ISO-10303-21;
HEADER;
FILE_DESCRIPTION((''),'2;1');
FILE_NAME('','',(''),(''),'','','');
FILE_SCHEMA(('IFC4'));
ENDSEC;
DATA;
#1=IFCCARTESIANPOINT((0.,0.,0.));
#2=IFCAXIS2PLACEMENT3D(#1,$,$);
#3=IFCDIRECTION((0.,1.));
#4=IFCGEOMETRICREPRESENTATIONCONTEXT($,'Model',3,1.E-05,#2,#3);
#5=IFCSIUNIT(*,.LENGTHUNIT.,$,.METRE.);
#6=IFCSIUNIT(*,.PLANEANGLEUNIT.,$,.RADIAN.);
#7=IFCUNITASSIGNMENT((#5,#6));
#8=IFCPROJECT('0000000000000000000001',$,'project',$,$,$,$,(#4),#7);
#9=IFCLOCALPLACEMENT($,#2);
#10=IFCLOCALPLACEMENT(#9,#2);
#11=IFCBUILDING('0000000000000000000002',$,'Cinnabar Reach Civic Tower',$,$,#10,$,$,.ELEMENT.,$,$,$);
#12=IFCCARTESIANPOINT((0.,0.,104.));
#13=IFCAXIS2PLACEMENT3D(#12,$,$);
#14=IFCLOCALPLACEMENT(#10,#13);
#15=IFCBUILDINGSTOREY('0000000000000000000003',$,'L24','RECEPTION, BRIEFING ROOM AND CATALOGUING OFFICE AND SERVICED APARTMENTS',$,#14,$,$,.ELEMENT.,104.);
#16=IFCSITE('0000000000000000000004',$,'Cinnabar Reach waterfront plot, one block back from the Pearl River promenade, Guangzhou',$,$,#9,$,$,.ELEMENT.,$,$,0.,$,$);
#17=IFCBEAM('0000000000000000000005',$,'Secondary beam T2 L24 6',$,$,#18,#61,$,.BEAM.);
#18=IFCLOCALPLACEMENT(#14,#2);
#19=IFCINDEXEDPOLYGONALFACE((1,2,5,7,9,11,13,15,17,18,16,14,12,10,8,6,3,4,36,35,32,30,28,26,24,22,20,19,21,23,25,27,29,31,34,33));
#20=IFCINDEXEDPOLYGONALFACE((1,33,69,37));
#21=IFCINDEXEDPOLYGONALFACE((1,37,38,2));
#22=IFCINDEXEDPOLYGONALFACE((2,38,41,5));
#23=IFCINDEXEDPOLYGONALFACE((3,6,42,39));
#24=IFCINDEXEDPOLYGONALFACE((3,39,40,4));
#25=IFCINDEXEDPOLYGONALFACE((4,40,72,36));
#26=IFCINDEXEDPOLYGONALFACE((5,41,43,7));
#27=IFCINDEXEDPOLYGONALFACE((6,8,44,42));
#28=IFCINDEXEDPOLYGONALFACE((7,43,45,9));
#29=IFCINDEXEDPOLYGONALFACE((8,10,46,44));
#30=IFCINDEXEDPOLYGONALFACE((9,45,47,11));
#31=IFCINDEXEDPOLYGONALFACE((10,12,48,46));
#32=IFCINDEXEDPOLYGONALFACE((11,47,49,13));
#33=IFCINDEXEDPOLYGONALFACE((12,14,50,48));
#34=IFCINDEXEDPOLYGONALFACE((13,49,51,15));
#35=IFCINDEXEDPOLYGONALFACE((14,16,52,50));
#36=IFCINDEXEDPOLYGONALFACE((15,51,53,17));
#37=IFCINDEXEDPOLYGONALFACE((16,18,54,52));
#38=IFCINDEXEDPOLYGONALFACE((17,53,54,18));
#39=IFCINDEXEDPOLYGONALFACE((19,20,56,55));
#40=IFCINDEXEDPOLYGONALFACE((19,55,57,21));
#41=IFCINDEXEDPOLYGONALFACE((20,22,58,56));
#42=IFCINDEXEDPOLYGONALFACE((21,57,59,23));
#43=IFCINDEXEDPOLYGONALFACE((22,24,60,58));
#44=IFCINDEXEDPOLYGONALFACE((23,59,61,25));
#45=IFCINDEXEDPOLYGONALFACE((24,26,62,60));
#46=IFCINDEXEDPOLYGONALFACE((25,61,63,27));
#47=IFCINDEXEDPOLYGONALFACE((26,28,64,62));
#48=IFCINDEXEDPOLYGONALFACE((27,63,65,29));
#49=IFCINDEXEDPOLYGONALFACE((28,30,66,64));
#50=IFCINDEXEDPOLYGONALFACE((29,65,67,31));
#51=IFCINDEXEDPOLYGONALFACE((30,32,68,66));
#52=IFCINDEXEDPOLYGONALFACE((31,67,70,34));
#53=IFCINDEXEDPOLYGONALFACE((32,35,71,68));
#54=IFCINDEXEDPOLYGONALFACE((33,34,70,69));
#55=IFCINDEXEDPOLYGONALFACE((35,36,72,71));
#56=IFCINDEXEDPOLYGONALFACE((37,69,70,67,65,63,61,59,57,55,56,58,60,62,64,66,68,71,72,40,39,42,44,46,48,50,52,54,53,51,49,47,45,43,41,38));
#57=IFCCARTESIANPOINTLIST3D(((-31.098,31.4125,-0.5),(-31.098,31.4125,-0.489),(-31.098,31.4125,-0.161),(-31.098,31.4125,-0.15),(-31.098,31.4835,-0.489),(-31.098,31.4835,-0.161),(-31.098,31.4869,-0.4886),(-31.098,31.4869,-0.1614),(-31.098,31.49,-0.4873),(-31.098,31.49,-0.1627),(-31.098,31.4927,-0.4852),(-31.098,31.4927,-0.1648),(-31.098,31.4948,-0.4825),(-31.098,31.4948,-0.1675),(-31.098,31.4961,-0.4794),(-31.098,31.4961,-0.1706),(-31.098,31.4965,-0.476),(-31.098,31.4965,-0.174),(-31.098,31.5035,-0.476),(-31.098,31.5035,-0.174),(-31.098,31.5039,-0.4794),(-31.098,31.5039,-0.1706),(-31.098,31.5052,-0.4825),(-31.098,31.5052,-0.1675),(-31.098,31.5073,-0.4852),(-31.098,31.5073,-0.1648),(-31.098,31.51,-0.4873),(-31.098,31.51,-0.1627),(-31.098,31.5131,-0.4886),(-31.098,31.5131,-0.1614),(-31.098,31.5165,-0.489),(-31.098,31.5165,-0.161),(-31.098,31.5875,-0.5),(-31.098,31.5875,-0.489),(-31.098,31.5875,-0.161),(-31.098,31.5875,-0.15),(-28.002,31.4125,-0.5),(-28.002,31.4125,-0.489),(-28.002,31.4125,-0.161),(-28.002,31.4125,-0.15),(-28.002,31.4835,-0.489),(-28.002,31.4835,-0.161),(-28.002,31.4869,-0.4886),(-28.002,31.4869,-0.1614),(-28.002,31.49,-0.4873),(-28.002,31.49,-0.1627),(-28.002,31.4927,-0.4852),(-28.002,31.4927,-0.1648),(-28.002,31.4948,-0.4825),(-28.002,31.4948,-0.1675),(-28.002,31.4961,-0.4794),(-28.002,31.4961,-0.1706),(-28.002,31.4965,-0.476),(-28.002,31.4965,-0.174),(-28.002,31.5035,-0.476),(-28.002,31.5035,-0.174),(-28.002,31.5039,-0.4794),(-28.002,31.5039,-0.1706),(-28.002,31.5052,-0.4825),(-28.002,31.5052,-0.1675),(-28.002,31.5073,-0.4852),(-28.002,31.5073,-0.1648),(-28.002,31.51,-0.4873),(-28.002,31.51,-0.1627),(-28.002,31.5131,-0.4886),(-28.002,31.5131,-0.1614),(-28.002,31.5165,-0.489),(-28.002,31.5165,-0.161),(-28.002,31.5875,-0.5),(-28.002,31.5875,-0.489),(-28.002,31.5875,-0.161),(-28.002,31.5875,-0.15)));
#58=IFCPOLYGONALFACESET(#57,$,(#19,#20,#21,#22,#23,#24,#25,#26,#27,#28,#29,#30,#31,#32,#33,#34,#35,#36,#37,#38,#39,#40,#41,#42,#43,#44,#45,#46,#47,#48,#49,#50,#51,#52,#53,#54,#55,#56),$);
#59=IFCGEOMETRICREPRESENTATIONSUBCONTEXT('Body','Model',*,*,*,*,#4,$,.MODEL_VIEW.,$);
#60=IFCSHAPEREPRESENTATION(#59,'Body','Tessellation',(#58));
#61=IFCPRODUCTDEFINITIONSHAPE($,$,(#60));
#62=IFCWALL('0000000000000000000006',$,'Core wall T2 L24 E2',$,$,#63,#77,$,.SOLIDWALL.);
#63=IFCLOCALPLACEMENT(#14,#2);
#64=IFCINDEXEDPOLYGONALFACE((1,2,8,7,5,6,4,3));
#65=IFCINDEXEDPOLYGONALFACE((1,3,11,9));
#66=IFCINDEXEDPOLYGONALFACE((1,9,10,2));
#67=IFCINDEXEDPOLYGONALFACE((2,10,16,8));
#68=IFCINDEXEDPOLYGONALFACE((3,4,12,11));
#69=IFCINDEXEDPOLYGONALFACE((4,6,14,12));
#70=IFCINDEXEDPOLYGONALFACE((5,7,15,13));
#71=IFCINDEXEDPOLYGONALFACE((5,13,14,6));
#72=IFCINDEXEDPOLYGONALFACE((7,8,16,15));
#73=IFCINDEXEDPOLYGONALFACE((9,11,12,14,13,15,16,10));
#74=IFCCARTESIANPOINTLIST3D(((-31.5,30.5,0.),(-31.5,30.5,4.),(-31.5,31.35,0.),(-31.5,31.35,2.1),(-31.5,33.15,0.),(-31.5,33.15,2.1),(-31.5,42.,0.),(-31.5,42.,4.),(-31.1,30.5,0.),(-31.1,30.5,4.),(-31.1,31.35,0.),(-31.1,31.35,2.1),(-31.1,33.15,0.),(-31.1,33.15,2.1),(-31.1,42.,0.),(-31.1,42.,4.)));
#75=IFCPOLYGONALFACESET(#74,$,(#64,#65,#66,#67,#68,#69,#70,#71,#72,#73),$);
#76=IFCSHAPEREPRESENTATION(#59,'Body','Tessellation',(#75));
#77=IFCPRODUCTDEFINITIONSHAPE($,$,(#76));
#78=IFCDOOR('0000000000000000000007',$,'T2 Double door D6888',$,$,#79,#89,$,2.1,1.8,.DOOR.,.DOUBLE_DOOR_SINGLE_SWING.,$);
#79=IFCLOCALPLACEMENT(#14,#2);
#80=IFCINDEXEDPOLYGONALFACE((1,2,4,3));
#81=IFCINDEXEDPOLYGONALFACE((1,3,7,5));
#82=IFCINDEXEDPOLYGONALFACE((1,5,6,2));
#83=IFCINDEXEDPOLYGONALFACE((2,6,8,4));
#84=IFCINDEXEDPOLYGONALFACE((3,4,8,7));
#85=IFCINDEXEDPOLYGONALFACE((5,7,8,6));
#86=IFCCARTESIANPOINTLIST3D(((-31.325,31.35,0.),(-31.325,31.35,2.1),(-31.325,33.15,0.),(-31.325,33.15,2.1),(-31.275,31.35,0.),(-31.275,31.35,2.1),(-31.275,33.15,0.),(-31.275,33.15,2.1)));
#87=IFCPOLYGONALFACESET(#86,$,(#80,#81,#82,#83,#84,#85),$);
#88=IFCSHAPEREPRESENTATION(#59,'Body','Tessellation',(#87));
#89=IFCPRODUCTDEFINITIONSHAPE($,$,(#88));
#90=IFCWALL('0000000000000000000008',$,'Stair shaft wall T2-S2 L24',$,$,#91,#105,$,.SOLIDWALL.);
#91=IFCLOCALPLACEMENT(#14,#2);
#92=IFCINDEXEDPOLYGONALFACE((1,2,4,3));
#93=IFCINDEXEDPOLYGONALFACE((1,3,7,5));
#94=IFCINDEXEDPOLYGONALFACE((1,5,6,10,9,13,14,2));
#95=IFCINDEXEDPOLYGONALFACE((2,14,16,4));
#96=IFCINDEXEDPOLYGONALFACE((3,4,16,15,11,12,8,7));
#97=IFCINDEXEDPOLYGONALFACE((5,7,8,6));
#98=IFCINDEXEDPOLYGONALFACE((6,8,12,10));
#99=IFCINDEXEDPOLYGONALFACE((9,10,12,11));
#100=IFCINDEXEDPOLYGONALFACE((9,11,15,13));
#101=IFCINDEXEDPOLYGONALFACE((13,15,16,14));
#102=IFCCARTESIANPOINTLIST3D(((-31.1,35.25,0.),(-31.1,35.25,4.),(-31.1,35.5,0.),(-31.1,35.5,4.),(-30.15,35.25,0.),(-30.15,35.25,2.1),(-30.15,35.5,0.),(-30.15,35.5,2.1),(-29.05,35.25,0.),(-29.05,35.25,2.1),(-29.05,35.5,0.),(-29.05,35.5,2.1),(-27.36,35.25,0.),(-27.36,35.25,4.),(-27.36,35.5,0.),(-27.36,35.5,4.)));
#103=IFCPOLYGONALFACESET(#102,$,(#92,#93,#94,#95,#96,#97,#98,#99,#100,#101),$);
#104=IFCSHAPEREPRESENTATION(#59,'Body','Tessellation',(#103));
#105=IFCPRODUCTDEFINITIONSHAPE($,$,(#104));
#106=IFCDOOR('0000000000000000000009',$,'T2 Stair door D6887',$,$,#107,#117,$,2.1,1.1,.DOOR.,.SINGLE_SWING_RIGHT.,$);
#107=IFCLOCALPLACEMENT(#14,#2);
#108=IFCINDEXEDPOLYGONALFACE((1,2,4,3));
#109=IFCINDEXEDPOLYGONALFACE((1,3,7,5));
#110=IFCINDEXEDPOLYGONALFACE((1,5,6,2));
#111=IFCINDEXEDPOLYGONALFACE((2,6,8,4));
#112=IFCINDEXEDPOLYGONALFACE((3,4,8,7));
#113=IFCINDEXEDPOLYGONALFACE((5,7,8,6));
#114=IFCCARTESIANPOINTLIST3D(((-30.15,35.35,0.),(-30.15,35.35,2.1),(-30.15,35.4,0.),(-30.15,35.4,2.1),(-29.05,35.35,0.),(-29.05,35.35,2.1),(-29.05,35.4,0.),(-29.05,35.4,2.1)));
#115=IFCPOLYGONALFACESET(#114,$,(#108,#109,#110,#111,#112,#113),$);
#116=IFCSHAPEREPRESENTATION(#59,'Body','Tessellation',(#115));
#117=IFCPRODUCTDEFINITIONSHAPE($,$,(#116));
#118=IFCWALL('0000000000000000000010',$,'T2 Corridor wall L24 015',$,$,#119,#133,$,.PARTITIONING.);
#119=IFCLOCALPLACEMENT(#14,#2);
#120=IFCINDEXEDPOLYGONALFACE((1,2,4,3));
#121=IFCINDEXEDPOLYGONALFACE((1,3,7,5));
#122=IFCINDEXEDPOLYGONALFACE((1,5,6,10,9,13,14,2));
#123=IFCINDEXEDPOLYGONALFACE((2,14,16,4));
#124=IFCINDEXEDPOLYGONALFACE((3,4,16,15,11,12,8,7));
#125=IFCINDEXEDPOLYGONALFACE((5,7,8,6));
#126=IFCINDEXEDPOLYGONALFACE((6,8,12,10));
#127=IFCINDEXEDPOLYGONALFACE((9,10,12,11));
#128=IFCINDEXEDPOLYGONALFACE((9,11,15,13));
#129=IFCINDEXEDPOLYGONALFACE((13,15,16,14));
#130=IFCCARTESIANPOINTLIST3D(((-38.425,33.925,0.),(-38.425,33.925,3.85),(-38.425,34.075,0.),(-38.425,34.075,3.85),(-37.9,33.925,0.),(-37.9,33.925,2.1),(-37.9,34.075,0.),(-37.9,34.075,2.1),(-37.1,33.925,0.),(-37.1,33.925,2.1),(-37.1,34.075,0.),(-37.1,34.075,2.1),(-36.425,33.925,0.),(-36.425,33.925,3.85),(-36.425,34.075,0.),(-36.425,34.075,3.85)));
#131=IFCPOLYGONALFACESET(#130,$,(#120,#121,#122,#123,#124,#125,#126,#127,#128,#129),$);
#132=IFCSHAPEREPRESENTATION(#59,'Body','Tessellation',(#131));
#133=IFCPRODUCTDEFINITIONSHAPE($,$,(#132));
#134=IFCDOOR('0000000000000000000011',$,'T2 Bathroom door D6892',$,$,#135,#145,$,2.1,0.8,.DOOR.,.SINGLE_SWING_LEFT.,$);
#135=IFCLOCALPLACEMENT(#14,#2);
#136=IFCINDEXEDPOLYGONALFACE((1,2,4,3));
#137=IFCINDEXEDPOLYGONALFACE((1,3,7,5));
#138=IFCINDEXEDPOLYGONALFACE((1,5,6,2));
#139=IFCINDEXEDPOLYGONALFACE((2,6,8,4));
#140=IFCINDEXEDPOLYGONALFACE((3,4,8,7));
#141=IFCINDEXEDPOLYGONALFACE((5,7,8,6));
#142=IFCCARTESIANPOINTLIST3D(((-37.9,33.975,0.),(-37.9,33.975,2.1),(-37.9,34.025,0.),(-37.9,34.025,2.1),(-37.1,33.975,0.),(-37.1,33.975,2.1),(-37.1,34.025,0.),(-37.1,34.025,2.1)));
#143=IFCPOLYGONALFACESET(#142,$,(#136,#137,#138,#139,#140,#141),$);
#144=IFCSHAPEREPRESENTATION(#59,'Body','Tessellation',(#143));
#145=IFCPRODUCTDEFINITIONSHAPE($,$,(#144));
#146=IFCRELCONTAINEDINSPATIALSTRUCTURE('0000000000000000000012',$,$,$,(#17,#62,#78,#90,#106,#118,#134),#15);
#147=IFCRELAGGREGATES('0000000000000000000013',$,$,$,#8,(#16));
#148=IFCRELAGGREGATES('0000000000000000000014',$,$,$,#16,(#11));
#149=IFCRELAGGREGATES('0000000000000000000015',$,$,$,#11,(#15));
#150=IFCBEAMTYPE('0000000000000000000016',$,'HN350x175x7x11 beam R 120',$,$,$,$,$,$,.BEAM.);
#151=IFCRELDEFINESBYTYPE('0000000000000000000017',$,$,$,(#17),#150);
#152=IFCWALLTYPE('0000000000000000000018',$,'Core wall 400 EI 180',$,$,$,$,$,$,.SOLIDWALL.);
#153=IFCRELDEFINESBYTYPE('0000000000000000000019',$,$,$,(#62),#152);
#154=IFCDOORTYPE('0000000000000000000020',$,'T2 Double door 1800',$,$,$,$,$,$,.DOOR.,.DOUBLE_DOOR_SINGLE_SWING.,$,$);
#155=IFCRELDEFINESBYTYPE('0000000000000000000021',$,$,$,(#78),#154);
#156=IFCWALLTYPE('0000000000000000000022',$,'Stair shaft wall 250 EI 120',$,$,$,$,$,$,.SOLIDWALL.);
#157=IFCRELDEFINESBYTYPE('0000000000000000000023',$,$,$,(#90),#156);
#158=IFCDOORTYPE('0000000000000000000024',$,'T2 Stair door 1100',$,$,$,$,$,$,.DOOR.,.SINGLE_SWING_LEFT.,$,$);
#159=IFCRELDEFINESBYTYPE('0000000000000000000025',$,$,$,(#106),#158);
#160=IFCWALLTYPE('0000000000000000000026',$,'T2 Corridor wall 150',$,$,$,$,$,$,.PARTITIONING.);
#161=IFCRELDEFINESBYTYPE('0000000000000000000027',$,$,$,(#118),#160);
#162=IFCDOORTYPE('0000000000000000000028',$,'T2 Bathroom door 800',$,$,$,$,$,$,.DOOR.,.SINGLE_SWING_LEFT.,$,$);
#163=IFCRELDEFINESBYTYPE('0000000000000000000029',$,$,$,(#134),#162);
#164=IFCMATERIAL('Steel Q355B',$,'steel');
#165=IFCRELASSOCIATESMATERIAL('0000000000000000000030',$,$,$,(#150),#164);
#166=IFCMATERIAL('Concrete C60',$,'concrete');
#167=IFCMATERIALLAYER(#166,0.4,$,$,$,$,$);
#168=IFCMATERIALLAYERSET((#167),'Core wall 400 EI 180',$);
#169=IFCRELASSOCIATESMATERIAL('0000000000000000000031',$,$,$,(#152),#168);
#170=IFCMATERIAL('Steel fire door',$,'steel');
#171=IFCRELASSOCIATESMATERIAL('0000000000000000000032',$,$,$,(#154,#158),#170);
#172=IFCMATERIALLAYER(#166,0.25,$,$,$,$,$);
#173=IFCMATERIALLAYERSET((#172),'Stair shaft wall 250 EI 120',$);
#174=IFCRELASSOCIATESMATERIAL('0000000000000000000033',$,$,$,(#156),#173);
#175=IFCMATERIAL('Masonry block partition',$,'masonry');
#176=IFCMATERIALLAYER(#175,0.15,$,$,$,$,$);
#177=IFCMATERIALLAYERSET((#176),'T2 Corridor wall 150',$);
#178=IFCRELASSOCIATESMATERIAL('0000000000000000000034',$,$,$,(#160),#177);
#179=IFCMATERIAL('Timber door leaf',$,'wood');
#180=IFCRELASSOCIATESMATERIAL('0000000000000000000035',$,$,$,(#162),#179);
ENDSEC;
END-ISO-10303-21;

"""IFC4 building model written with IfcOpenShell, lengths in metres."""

from ifc_helpers import new_model, si_unit, direction, frame, frame_2d, origin, origin_2d, place, context, subcontext, project, spatial, rectangle, i_section, extrude, material, layer, layer_set, material_profile, profile_set, type_object, element, fill, save


model = new_model("IFC4")

# Units and contexts
model_context = context("Model", 3, precision=1e-05, world=origin(), true_north=direction((0.0, 1.0)))
body_context = subcontext(model_context, "Body", "Model", "MODEL_VIEW")
ifc_project = project(units=[si_unit("LENGTHUNIT", "METRE"), si_unit("PLANEANGLEUNIT", "RADIAN")], contexts=[model_context])

# Site, building, storey
site_placement = place(None, origin())
site = spatial("IfcSite", under=ifc_project, at=site_placement, Name="Cinnabar Reach waterfront plot, one block back from the Pearl River promenade, Guangzhou", CompositionType="ELEMENT", RefElevation=0.0)
building_placement = place(site_placement, origin())
building = spatial("IfcBuilding", under=site, at=building_placement, Name="Cinnabar Reach Civic Tower", CompositionType="ELEMENT")
storey_placement = place(building_placement, frame((0.0, 0.0, 104.0)))
storey = spatial("IfcBuildingStorey", under=building, at=storey_placement, Name="L24", Description="RECEPTION, BRIEFING ROOM AND CATALOGUING OFFICE AND SERVICED APARTMENTS", CompositionType="ELEMENT", Elevation=104.0)

# Beam
ifc_material_1 = material(Name="Steel Q355B", Category="steel")
ifc_material_profile = material_profile(ifc_material_1, i_section(OverallWidth=0.175, OverallDepth=0.35, WebThickness=0.007, FlangeThickness=0.011, FilletRadius=0.013, at=origin_2d()), Name="HN350x175x7x11")
ifc_profile_set = profile_set([ifc_material_profile], Name="Steel Q355B")
beam_type = type_object("IfcBeamType", Name="HN350x175x7x11 beam R 120", PredefinedType="BEAM", material=ifc_profile_set)
beam_placement = place(storey_placement, frame((-31.098, 31.5, -0.325), z_axis=(1.0, 0.0, 0.0), x_axis=(0.0, 1.0, 0.0)))
element("IfcBeam", 1, at=beam_placement, inside=storey, type_object=beam_type, Name="Secondary beam T2 L24 6", PredefinedType="BEAM", context=body_context, shape_type="SweptSolid", body=[
    extrude(i_section(OverallWidth=0.175, OverallDepth=0.35, WebThickness=0.007, FlangeThickness=0.011, FilletRadius=0.013, at=origin_2d()), origin(), (0.0, 0.0, 1.0), 3.096),
])

# Walls, openings, doors
ifc_material_2 = material(Name="Concrete C60", Category="concrete")
ifc_layer_1 = layer(ifc_material_2, 0.4)
ifc_layer_set_1 = layer_set([ifc_layer_1], Name="Core wall 400 EI 180")
wall_type_1 = type_object("IfcWallType", Name="Core wall 400 EI 180", PredefinedType="SOLIDWALL", material=ifc_layer_set_1)
wall_1_placement = place(storey_placement, frame((-31.3, 30.5, 0.0), z_axis=(0.0, 0.0, 1.0), x_axis=(0.0, 1.0, 0.0)))
wall_1 = element("IfcWall", 2, at=wall_1_placement, inside=storey, type_object=wall_type_1, Name="Core wall T2 L24 E2", PredefinedType="SOLIDWALL", context=body_context, shape_type="SweptSolid", body=[
    extrude(rectangle(XDim=11.5, YDim=0.4, at=frame_2d((5.75, 0.0))), origin(), (0.0, 0.0, 1.0), 4.0),
])
opening_1_placement = place(wall_1_placement, frame((0.85, 0.0, 0.0)))
opening_1 = element("IfcOpeningElement", 3, at=opening_1_placement, cuts=wall_1, PredefinedType="OPENING", context=body_context, shape_type="SweptSolid", body=[
    extrude(rectangle(XDim=1.8, YDim=2.1, at=frame_2d((0.9, 1.05))), frame((0.0, 0.21, 0.0), z_axis=(0.0, -1.0, 0.0), x_axis=(1.0, 0.0, 0.0)), (0.0, 0.0, 1.0), 0.42),
])
ifc_material_3 = material(Name="Steel fire door", Category="steel")
door_type_1 = type_object("IfcDoorType", Name="T2 Double door 1800", OperationType="DOUBLE_DOOR_SINGLE_SWING", PredefinedType="DOOR", material=ifc_material_3)
door_1_placement = place(opening_1_placement, origin())
door_1 = element("IfcDoor", 4, at=door_1_placement, inside=storey, type_object=door_type_1, Name="T2 Double door D6888", OperationType="DOUBLE_DOOR_SINGLE_SWING", OverallHeight=2.1, OverallWidth=1.8, PredefinedType="DOOR", context=body_context, shape_type="SweptSolid", body=[
    extrude(rectangle(XDim=1.8, YDim=2.1, at=frame_2d((0.9, 1.05))), frame((0.0, 0.025, 0.0), z_axis=(0.0, -1.0, 0.0), x_axis=(1.0, 0.0, 0.0)), (0.0, 0.0, 1.0), 0.05),
])
fill(opening_1, door_1)
ifc_layer_2 = layer(ifc_material_2, 0.25)
ifc_layer_set_2 = layer_set([ifc_layer_2], Name="Stair shaft wall 250 EI 120")
wall_type_2 = type_object("IfcWallType", Name="Stair shaft wall 250 EI 120", PredefinedType="SOLIDWALL", material=ifc_layer_set_2)
wall_2_placement = place(storey_placement, frame((-31.1, 35.375, 0.0), z_axis=(0.0, 0.0, 1.0), x_axis=(1.0, 0.0, 0.0)))
wall_2 = element("IfcWall", 5, at=wall_2_placement, inside=storey, type_object=wall_type_2, Name="Stair shaft wall T2-S2 L24", PredefinedType="SOLIDWALL", context=body_context, shape_type="SweptSolid", body=[
    extrude(rectangle(XDim=3.74, YDim=0.25, at=frame_2d((1.87, 0.0))), origin(), (0.0, 0.0, 1.0), 4.0),
])
opening_2_placement = place(wall_2_placement, frame((0.95, 0.0, 0.0)))
opening_2 = element("IfcOpeningElement", 6, at=opening_2_placement, cuts=wall_2, PredefinedType="OPENING", context=body_context, shape_type="SweptSolid", body=[
    extrude(rectangle(XDim=1.1, YDim=2.1, at=frame_2d((0.55, 1.05))), frame((0.0, 0.135, 0.0), z_axis=(0.0, -1.0, 0.0), x_axis=(1.0, 0.0, 0.0)), (0.0, 0.0, 1.0), 0.27),
])
door_type_2 = type_object("IfcDoorType", Name="T2 Stair door 1100", OperationType="SINGLE_SWING_LEFT", PredefinedType="DOOR", material=ifc_material_3)
door_2_placement = place(opening_2_placement, origin())
door_2 = element("IfcDoor", 7, at=door_2_placement, inside=storey, type_object=door_type_2, Name="T2 Stair door D6887", OperationType="SINGLE_SWING_RIGHT", OverallHeight=2.1, OverallWidth=1.1, PredefinedType="DOOR", context=body_context, shape_type="SweptSolid", body=[
    extrude(rectangle(XDim=1.1, YDim=2.1, at=frame_2d((0.55, 1.05))), frame((0.0, 0.025, 0.0), z_axis=(0.0, -1.0, 0.0), x_axis=(1.0, 0.0, 0.0)), (0.0, 0.0, 1.0), 0.05),
])
fill(opening_2, door_2)
ifc_material_4 = material(Name="Masonry block partition", Category="masonry")
ifc_layer_3 = layer(ifc_material_4, 0.15)
ifc_layer_set_3 = layer_set([ifc_layer_3], Name="T2 Corridor wall 150")
wall_type_3 = type_object("IfcWallType", Name="T2 Corridor wall 150", PredefinedType="PARTITIONING", material=ifc_layer_set_3)
wall_3_placement = place(storey_placement, frame((-36.425, 34.0, 0.0), z_axis=(0.0, 0.0, 1.0), x_axis=(-1.0, 0.0, 0.0)))
wall_3 = element("IfcWall", 8, at=wall_3_placement, inside=storey, type_object=wall_type_3, Name="T2 Corridor wall L24 015", PredefinedType="PARTITIONING", context=body_context, shape_type="SweptSolid", body=[
    extrude(rectangle(XDim=2.0, YDim=0.15, at=frame_2d((1.0, 0.0))), origin(), (0.0, 0.0, 1.0), 3.85),
])
opening_3_placement = place(wall_3_placement, frame((0.675, 0.0, 0.0)))
opening_3 = element("IfcOpeningElement", 9, at=opening_3_placement, cuts=wall_3, PredefinedType="OPENING", context=body_context, shape_type="SweptSolid", body=[
    extrude(rectangle(XDim=0.8, YDim=2.1, at=frame_2d((0.4, 1.05))), frame((0.0, 0.085, 0.0), z_axis=(0.0, -1.0, 0.0), x_axis=(1.0, 0.0, 0.0)), (0.0, 0.0, 1.0), 0.17),
])
ifc_material_5 = material(Name="Timber door leaf", Category="wood")
door_type_3 = type_object("IfcDoorType", Name="T2 Bathroom door 800", OperationType="SINGLE_SWING_LEFT", PredefinedType="DOOR", material=ifc_material_5)
door_3_placement = place(opening_3_placement, frame((0.8, 0.0, 0.0), z_axis=(0.0, 0.0, 1.0), x_axis=(-1.0, 0.0, 0.0)))
door_3 = element("IfcDoor", 10, at=door_3_placement, inside=storey, type_object=door_type_3, Name="T2 Bathroom door D6892", OperationType="SINGLE_SWING_LEFT", OverallHeight=2.1, OverallWidth=0.8, PredefinedType="DOOR", context=body_context, shape_type="SweptSolid", body=[
    extrude(rectangle(XDim=0.8, YDim=2.1, at=frame_2d((0.4, 1.05))), frame((0.0, 0.025, 0.0), z_axis=(0.0, -1.0, 0.0), x_axis=(1.0, 0.0, 0.0)), (0.0, 0.0, 1.0), 0.05),
])
fill(opening_3, door_3)

save(model, "model.ifc")
